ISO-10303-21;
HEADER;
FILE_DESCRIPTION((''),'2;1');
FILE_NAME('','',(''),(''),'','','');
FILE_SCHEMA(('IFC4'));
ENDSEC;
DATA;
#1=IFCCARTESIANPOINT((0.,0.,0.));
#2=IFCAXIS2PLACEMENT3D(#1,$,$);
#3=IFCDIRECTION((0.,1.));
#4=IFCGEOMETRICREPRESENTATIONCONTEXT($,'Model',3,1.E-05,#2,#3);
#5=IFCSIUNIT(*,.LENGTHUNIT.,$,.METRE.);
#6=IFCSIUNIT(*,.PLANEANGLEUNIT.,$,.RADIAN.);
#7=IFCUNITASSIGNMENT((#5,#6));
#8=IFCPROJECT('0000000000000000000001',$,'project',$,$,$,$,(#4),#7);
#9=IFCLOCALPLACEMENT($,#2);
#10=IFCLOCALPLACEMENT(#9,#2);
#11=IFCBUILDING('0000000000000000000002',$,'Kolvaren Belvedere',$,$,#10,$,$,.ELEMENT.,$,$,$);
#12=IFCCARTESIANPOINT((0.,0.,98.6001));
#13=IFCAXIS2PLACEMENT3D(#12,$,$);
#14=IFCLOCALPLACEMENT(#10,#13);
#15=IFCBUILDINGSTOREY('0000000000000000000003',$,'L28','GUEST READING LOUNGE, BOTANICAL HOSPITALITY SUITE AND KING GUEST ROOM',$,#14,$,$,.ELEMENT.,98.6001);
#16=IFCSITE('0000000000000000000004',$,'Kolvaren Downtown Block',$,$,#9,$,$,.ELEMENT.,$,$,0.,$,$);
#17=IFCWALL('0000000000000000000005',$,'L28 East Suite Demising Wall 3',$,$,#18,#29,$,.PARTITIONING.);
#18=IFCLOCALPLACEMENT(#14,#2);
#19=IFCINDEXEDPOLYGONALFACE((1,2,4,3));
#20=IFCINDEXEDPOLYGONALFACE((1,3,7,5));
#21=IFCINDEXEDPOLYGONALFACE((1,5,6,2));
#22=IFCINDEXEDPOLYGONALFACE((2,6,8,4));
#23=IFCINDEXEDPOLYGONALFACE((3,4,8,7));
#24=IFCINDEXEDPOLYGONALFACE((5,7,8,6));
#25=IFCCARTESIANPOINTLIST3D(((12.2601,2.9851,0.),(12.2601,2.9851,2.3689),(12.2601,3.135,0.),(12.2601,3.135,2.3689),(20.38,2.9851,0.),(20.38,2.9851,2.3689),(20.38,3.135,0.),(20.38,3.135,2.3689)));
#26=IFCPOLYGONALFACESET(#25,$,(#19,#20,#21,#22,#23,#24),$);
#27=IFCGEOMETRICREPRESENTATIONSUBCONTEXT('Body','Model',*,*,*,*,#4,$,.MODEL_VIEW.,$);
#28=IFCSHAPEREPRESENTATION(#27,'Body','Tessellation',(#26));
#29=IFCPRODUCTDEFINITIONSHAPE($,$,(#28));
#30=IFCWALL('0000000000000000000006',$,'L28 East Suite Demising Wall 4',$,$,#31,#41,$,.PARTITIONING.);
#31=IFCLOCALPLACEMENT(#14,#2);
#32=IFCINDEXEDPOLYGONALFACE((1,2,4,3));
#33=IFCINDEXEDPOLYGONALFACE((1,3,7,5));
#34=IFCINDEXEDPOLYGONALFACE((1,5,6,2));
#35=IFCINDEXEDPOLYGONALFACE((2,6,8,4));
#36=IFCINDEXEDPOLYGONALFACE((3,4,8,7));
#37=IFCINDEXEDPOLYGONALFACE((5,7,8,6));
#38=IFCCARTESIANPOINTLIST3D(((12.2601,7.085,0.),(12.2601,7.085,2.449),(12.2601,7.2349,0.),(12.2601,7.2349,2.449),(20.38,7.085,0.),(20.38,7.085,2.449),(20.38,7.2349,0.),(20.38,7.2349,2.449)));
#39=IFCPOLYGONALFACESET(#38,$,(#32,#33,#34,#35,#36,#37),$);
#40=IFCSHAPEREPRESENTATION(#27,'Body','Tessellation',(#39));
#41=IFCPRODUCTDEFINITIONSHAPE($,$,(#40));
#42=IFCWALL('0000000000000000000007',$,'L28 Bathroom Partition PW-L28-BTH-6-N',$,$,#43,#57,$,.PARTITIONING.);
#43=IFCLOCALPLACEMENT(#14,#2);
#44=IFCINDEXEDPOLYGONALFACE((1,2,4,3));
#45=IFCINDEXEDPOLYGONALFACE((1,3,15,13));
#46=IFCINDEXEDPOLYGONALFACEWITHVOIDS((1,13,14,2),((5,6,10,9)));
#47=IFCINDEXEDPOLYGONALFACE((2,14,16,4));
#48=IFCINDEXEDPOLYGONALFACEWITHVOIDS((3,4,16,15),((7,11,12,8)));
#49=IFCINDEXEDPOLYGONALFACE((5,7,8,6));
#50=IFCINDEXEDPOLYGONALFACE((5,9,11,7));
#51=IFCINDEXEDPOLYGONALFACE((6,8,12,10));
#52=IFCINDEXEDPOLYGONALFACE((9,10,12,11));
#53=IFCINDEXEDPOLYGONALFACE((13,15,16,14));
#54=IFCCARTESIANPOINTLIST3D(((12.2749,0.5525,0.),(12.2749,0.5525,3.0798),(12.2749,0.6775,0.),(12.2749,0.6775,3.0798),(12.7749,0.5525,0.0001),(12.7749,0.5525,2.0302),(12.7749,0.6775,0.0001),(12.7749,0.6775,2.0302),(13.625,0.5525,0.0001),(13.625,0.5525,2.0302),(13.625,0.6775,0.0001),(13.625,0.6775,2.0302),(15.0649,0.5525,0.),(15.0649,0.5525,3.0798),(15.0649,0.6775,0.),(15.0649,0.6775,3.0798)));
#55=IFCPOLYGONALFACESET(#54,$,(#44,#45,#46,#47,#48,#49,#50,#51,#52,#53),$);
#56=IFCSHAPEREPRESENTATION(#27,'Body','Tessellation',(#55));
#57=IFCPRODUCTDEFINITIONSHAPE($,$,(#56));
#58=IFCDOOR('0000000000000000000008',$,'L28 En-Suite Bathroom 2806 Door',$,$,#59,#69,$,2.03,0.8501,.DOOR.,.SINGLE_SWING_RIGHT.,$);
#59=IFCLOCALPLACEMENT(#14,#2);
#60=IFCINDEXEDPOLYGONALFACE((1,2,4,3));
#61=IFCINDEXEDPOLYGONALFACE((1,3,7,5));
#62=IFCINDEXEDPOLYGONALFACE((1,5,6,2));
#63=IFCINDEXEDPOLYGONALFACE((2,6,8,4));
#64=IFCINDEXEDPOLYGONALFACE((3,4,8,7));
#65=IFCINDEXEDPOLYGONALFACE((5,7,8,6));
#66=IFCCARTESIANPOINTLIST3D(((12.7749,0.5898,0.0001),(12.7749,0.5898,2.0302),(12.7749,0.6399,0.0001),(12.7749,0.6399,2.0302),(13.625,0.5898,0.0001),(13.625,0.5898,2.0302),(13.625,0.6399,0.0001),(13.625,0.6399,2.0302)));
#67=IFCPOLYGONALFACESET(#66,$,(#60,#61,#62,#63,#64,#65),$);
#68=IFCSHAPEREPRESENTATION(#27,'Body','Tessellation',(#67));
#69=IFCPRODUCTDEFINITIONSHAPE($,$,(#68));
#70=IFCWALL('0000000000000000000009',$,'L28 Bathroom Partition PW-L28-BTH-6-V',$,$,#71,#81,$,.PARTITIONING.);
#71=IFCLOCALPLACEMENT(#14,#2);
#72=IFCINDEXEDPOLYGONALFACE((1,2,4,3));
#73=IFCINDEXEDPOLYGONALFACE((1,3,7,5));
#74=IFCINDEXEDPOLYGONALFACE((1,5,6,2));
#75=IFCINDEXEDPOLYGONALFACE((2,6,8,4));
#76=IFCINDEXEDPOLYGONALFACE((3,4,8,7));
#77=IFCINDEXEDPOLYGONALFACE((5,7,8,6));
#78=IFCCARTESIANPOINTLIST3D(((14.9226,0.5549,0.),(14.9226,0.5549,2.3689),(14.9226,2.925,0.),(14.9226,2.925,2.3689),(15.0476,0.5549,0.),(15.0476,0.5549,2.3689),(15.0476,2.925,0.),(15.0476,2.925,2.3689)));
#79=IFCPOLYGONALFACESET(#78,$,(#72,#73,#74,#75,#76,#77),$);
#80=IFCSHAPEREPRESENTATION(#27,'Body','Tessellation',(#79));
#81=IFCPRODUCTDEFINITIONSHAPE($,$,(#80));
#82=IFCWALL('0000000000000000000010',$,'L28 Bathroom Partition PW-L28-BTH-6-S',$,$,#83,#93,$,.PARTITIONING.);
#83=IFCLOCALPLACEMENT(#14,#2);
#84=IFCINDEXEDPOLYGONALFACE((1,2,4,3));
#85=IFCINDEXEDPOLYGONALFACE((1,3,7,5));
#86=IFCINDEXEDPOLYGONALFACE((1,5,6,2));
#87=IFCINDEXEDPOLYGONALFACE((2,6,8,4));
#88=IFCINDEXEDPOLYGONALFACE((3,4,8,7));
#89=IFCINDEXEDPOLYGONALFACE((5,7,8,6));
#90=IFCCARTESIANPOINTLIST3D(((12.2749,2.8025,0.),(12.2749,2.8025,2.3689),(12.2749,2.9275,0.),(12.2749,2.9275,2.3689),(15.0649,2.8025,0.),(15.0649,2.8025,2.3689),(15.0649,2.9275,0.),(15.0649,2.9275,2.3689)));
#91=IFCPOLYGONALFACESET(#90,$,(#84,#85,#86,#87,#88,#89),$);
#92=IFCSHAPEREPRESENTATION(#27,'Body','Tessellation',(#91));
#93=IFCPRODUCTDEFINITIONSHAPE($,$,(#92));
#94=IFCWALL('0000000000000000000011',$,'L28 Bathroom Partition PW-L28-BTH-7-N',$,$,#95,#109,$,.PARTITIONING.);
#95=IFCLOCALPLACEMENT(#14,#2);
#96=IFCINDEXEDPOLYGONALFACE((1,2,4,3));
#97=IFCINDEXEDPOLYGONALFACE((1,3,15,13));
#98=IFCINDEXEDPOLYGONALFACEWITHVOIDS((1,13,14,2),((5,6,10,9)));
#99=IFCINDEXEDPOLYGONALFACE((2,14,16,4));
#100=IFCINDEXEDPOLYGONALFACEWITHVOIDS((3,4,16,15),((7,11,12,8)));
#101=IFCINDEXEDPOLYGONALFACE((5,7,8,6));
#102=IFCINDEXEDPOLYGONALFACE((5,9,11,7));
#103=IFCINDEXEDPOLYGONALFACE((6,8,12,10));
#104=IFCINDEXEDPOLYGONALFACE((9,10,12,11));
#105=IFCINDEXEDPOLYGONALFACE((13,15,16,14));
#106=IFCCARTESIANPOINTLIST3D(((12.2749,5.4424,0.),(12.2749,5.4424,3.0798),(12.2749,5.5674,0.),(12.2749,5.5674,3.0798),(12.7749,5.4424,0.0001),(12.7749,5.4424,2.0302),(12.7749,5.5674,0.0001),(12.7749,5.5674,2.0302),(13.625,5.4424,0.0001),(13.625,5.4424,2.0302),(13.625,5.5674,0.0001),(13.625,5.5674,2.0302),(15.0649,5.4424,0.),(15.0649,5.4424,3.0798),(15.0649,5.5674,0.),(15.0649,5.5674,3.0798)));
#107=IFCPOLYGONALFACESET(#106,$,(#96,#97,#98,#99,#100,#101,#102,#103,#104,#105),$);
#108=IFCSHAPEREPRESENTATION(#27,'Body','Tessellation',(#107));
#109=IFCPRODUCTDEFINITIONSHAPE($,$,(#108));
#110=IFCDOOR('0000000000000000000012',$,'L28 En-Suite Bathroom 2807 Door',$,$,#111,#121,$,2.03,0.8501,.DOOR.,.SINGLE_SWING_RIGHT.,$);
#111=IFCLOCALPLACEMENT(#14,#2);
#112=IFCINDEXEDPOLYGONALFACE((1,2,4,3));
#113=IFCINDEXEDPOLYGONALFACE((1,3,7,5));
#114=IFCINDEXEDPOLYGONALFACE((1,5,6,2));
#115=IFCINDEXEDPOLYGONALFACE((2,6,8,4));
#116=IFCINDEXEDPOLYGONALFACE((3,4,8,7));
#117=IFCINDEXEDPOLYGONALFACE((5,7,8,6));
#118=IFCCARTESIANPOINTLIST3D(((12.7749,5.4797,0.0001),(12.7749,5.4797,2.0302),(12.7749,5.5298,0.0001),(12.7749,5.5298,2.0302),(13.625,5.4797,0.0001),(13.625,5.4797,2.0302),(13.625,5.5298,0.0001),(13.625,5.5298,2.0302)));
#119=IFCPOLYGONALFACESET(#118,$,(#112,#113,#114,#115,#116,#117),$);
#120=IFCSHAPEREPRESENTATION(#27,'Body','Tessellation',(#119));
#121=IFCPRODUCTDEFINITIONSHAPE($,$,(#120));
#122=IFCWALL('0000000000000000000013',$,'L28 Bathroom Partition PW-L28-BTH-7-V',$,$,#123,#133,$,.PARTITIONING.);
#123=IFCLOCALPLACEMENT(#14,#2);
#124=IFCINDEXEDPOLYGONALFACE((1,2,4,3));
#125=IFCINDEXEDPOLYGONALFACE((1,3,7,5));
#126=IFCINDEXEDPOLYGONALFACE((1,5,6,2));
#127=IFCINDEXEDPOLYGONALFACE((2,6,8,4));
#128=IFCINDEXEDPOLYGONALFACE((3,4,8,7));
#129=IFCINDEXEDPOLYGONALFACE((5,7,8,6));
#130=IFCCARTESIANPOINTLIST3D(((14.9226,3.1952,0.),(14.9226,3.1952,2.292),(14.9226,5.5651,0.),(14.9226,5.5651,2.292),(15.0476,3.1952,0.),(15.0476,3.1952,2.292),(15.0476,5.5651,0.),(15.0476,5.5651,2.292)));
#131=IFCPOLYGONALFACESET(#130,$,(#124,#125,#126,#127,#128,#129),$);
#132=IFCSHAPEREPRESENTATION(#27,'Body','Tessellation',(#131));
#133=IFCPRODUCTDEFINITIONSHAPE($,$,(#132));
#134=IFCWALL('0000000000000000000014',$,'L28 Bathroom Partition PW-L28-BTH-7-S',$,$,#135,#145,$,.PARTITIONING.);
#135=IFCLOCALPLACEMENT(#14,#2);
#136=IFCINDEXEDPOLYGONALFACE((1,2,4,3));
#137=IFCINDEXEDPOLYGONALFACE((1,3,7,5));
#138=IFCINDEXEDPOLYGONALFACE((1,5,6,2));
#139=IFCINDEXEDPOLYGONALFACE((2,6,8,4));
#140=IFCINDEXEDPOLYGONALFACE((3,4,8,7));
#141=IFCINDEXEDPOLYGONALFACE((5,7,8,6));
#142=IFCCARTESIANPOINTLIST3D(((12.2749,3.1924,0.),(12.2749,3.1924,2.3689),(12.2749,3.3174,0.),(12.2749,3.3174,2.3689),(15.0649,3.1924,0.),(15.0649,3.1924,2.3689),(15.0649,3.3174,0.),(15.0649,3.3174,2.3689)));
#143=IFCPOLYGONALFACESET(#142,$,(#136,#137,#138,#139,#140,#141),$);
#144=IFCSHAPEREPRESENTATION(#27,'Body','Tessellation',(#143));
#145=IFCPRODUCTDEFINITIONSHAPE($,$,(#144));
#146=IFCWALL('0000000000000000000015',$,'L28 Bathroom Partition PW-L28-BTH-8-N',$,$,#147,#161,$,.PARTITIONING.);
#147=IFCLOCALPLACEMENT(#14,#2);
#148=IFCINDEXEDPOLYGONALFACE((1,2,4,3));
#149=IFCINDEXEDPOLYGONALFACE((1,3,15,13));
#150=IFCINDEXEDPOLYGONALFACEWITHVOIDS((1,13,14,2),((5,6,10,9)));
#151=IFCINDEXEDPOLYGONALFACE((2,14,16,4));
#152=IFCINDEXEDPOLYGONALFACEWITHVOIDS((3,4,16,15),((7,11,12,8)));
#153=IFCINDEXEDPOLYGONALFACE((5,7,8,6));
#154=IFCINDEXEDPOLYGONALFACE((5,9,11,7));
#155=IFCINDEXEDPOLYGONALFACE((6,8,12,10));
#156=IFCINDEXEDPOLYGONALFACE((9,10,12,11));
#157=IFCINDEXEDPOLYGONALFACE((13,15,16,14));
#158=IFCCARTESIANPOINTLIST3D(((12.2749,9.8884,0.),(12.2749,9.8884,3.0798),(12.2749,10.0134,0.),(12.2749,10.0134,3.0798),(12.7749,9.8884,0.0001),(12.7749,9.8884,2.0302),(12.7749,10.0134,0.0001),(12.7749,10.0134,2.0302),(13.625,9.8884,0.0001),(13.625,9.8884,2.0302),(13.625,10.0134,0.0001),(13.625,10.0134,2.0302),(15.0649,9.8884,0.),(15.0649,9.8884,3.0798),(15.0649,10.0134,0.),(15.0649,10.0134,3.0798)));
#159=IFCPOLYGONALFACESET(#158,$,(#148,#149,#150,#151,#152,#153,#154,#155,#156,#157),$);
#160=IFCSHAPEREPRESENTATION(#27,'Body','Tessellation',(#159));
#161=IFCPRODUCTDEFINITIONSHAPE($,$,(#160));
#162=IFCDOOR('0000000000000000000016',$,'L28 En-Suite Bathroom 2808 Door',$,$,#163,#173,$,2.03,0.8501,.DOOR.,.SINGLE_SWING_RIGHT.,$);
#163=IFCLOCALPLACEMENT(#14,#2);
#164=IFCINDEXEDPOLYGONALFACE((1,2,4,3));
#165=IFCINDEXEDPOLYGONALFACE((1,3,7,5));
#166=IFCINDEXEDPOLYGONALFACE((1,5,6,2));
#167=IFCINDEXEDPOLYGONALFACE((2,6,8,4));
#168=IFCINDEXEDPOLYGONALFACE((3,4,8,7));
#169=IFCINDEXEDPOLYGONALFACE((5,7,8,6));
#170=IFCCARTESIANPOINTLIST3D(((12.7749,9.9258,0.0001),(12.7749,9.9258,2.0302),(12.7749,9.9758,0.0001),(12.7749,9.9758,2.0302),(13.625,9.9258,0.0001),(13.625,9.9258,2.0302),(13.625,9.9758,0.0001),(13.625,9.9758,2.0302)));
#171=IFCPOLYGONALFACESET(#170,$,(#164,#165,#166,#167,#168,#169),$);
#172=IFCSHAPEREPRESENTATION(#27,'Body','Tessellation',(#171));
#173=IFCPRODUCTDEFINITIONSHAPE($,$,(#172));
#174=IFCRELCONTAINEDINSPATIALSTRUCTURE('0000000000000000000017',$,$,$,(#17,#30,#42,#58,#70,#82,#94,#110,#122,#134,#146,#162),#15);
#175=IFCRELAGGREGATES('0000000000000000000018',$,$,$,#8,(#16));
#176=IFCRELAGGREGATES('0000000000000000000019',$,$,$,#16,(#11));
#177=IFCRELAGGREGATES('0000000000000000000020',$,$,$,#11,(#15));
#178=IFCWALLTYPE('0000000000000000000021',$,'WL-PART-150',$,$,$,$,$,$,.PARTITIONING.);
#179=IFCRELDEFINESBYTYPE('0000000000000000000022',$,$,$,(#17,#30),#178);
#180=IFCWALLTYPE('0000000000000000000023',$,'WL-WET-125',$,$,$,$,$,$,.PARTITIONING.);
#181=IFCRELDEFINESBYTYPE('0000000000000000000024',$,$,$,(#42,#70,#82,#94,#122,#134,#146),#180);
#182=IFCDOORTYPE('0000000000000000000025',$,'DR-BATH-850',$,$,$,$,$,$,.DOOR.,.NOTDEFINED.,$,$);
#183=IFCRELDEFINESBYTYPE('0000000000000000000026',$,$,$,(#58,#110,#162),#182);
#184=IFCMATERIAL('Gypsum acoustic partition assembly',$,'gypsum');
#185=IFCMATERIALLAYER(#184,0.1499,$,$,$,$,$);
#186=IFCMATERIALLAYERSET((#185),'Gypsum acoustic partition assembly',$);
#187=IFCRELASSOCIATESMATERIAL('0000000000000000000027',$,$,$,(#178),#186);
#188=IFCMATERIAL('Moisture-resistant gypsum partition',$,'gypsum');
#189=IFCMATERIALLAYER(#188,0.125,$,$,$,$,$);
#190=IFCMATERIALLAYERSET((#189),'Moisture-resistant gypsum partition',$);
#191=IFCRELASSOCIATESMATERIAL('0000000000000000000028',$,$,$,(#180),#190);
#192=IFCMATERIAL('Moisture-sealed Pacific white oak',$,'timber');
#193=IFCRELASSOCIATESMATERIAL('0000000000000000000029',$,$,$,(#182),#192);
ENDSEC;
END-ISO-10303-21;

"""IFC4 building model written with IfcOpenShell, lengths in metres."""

from ifc_helpers import new_model, si_unit, direction, frame, frame_2d, origin, place, context, subcontext, project, spatial, rectangle, extrude, material, layer, layer_set, type_object, element, fill, save


model = new_model("IFC4")

# Units and contexts
model_context = context("Model", 3, precision=1e-05, world=origin(), true_north=direction((0.0, 1.0)))
body_context = subcontext(model_context, "Body", "Model", "MODEL_VIEW")
ifc_project = project(units=[si_unit("LENGTHUNIT", "METRE"), si_unit("PLANEANGLEUNIT", "RADIAN")], contexts=[model_context])

# Site, building, storey
site_placement = place(None, origin())
site = spatial("IfcSite", under=ifc_project, at=site_placement, Name="Kolvaren Downtown Block", CompositionType="ELEMENT", RefElevation=0.0)
building_placement = place(site_placement, origin())
building = spatial("IfcBuilding", under=site, at=building_placement, Name="Kolvaren Belvedere", CompositionType="ELEMENT")
storey_placement = place(building_placement, frame((0.0, 0.0, 98.6001)))
storey = spatial("IfcBuildingStorey", under=building, at=storey_placement, Name="L28", Description="GUEST READING LOUNGE, BOTANICAL HOSPITALITY SUITE AND KING GUEST ROOM", CompositionType="ELEMENT", Elevation=98.6001)

# Walls
ifc_material_1 = material(Name="Gypsum acoustic partition assembly", Category="gypsum")
ifc_layer_1 = layer(ifc_material_1, 0.1499)
ifc_layer_set_1 = layer_set([ifc_layer_1], Name="Gypsum acoustic partition assembly")
wall_type_1 = type_object("IfcWallType", Name="WL-PART-150", PredefinedType="PARTITIONING", material=ifc_layer_set_1)
wall_1_placement = place(storey_placement, frame((12.26, 3.0601, 0.0), z_axis=(0.0, 0.0, 1.0), x_axis=(1.0, 0.0, 0.0)))
element("IfcWall", 1, at=wall_1_placement, inside=storey, type_object=wall_type_1, Name="L28 East Suite Demising Wall 3", PredefinedType="PARTITIONING", context=body_context, shape_type="SweptSolid", body=[
    extrude(rectangle(XDim=8.1199, YDim=0.1499, at=frame_2d((4.0601, 0.0))), origin(), (0.0, 0.0, 1.0), 2.3689),
])
wall_2_placement = place(storey_placement, frame((12.26, 7.1599, 0.0), z_axis=(0.0, 0.0, 1.0), x_axis=(1.0, 0.0, 0.0)))
element("IfcWall", 2, at=wall_2_placement, inside=storey, type_object=wall_type_1, Name="L28 East Suite Demising Wall 4", PredefinedType="PARTITIONING", context=body_context, shape_type="SweptSolid", body=[
    extrude(rectangle(XDim=8.1199, YDim=0.1499, at=frame_2d((4.0601, 0.0))), origin(), (0.0, 0.0, 1.0), 2.449),
])

# Wall, opening, door
ifc_material_2 = material(Name="Moisture-resistant gypsum partition", Category="gypsum")
ifc_layer_2 = layer(ifc_material_2, 0.125)
ifc_layer_set_2 = layer_set([ifc_layer_2], Name="Moisture-resistant gypsum partition")
wall_type_2 = type_object("IfcWallType", Name="WL-WET-125", PredefinedType="PARTITIONING", material=ifc_layer_set_2)
wall_3_placement = place(storey_placement, frame((12.2749, 0.615, 0.0), z_axis=(0.0, 0.0, 1.0), x_axis=(1.0, 0.0, 0.0)))
wall_3 = element("IfcWall", 3, at=wall_3_placement, inside=storey, type_object=wall_type_2, Name="L28 Bathroom Partition PW-L28-BTH-6-N", PredefinedType="PARTITIONING", context=body_context, shape_type="SweptSolid", body=[
    extrude(rectangle(XDim=2.79, YDim=0.125, at=frame_2d((1.395, 0.0))), origin(), (0.0, 0.0, 1.0), 3.0798),
])
opening_1_placement = place(wall_3_placement, frame((0.5, 0.0, 0.0)))
opening_1 = element("IfcOpeningElement", 4, at=opening_1_placement, cuts=wall_3, PredefinedType="OPENING", context=body_context, shape_type="SweptSolid", body=[
    extrude(rectangle(XDim=0.8501, YDim=2.03, at=frame_2d((0.425, 1.0151))), frame((0.0, 0.0725, 0.0), z_axis=(0.0, -1.0, 0.0), x_axis=(1.0, 0.0, 0.0)), (0.0, 0.0, 1.0), 0.145),
])
ifc_material_3 = material(Name="Moisture-sealed Pacific white oak", Category="timber")
door_type = type_object("IfcDoorType", Name="DR-BATH-850", OperationType="NOTDEFINED", PredefinedType="DOOR", material=ifc_material_3)
door_1_placement = place(opening_1_placement, origin())
door_1 = element("IfcDoor", 5, at=door_1_placement, inside=storey, type_object=door_type, Name="L28 En-Suite Bathroom 2806 Door", OperationType="SINGLE_SWING_RIGHT", OverallHeight=2.03, OverallWidth=0.8501, PredefinedType="DOOR", context=body_context, shape_type="SweptSolid", body=[
    extrude(rectangle(XDim=0.8501, YDim=2.03, at=frame_2d((0.425, 1.0151))), frame((0.0, 0.0249, 0.0), z_axis=(0.0, -1.0, 0.0), x_axis=(1.0, 0.0, 0.0)), (0.0, 0.0, 1.0), 0.05),
])
fill(opening_1, door_1)

# Walls
wall_4_placement = place(storey_placement, frame((14.9851, 0.5549, 0.0), z_axis=(0.0, 0.0, 1.0), x_axis=(0.0, 1.0, 0.0)))
element("IfcWall", 6, at=wall_4_placement, inside=storey, type_object=wall_type_2, Name="L28 Bathroom Partition PW-L28-BTH-6-V", PredefinedType="PARTITIONING", context=body_context, shape_type="SweptSolid", body=[
    extrude(rectangle(XDim=2.3701, YDim=0.125, at=frame_2d((1.1851, 0.0))), origin(), (0.0, 0.0, 1.0), 2.3689),
])
wall_5_placement = place(storey_placement, frame((12.2749, 2.865, 0.0), z_axis=(0.0, 0.0, 1.0), x_axis=(1.0, 0.0, 0.0)))
element("IfcWall", 7, at=wall_5_placement, inside=storey, type_object=wall_type_2, Name="L28 Bathroom Partition PW-L28-BTH-6-S", PredefinedType="PARTITIONING", context=body_context, shape_type="SweptSolid", body=[
    extrude(rectangle(XDim=2.79, YDim=0.125, at=frame_2d((1.395, 0.0))), origin(), (0.0, 0.0, 1.0), 2.3689),
])

# Wall, opening, door
wall_6_placement = place(storey_placement, frame((12.2749, 5.5049, 0.0), z_axis=(0.0, 0.0, 1.0), x_axis=(1.0, 0.0, 0.0)))
wall_6 = element("IfcWall", 8, at=wall_6_placement, inside=storey, type_object=wall_type_2, Name="L28 Bathroom Partition PW-L28-BTH-7-N", PredefinedType="PARTITIONING", context=body_context, shape_type="SweptSolid", body=[
    extrude(rectangle(XDim=2.79, YDim=0.125, at=frame_2d((1.395, 0.0))), origin(), (0.0, 0.0, 1.0), 3.0798),
])
opening_2_placement = place(wall_6_placement, frame((0.5, 0.0, 0.0)))
opening_2 = element("IfcOpeningElement", 9, at=opening_2_placement, cuts=wall_6, PredefinedType="OPENING", context=body_context, shape_type="SweptSolid", body=[
    extrude(rectangle(XDim=0.8501, YDim=2.03, at=frame_2d((0.425, 1.0151))), frame((0.0, 0.0725, 0.0), z_axis=(0.0, -1.0, 0.0), x_axis=(1.0, 0.0, 0.0)), (0.0, 0.0, 1.0), 0.145),
])
door_2_placement = place(opening_2_placement, origin())
door_2 = element("IfcDoor", 10, at=door_2_placement, inside=storey, type_object=door_type, Name="L28 En-Suite Bathroom 2807 Door", OperationType="SINGLE_SWING_RIGHT", OverallHeight=2.03, OverallWidth=0.8501, PredefinedType="DOOR", context=body_context, shape_type="SweptSolid", body=[
    extrude(rectangle(XDim=0.8501, YDim=2.03, at=frame_2d((0.425, 1.0151))), frame((0.0, 0.0249, 0.0), z_axis=(0.0, -1.0, 0.0), x_axis=(1.0, 0.0, 0.0)), (0.0, 0.0, 1.0), 0.05),
])
fill(opening_2, door_2)

# Walls
wall_7_placement = place(storey_placement, frame((14.9851, 3.1951, 0.0), z_axis=(0.0, 0.0, 1.0), x_axis=(0.0, 1.0, 0.0)))
element("IfcWall", 11, at=wall_7_placement, inside=storey, type_object=wall_type_2, Name="L28 Bathroom Partition PW-L28-BTH-7-V", PredefinedType="PARTITIONING", context=body_context, shape_type="SweptSolid", body=[
    extrude(rectangle(XDim=2.3699, YDim=0.125, at=frame_2d((1.1851, 0.0))), origin(), (0.0, 0.0, 1.0), 2.292),
])
wall_8_placement = place(storey_placement, frame((12.2749, 3.2549, 0.0), z_axis=(0.0, 0.0, 1.0), x_axis=(1.0, 0.0, 0.0)))
element("IfcWall", 12, at=wall_8_placement, inside=storey, type_object=wall_type_2, Name="L28 Bathroom Partition PW-L28-BTH-7-S", PredefinedType="PARTITIONING", context=body_context, shape_type="SweptSolid", body=[
    extrude(rectangle(XDim=2.79, YDim=0.125, at=frame_2d((1.395, 0.0))), origin(), (0.0, 0.0, 1.0), 2.3689),
])

# Wall, opening, door
wall_9_placement = place(storey_placement, frame((12.2749, 9.9509, 0.0), z_axis=(0.0, 0.0, 1.0), x_axis=(1.0, 0.0, 0.0)))
wall_9 = element("IfcWall", 13, at=wall_9_placement, inside=storey, type_object=wall_type_2, Name="L28 Bathroom Partition PW-L28-BTH-8-N", PredefinedType="PARTITIONING", context=body_context, shape_type="SweptSolid", body=[
    extrude(rectangle(XDim=2.79, YDim=0.125, at=frame_2d((1.395, 0.0))), origin(), (0.0, 0.0, 1.0), 3.0798),
])
opening_3_placement = place(wall_9_placement, frame((0.5, 0.0, 0.0)))
opening_3 = element("IfcOpeningElement", 14, at=opening_3_placement, cuts=wall_9, PredefinedType="OPENING", context=body_context, shape_type="SweptSolid", body=[
    extrude(rectangle(XDim=0.8501, YDim=2.03, at=frame_2d((0.425, 1.0151))), frame((0.0, 0.0725, 0.0), z_axis=(0.0, -1.0, 0.0), x_axis=(1.0, 0.0, 0.0)), (0.0, 0.0, 1.0), 0.145),
])
door_3_placement = place(opening_3_placement, origin())
door_3 = element("IfcDoor", 15, at=door_3_placement, inside=storey, type_object=door_type, Name="L28 En-Suite Bathroom 2808 Door", OperationType="SINGLE_SWING_RIGHT", OverallHeight=2.03, OverallWidth=0.8501, PredefinedType="DOOR", context=body_context, shape_type="SweptSolid", body=[
    extrude(rectangle(XDim=0.8501, YDim=2.03, at=frame_2d((0.425, 1.0151))), frame((0.0, 0.0249, 0.0), z_axis=(0.0, -1.0, 0.0), x_axis=(1.0, 0.0, 0.0)), (0.0, 0.0, 1.0), 0.05),
])
fill(opening_3, door_3)

save(model, "model.ifc")
